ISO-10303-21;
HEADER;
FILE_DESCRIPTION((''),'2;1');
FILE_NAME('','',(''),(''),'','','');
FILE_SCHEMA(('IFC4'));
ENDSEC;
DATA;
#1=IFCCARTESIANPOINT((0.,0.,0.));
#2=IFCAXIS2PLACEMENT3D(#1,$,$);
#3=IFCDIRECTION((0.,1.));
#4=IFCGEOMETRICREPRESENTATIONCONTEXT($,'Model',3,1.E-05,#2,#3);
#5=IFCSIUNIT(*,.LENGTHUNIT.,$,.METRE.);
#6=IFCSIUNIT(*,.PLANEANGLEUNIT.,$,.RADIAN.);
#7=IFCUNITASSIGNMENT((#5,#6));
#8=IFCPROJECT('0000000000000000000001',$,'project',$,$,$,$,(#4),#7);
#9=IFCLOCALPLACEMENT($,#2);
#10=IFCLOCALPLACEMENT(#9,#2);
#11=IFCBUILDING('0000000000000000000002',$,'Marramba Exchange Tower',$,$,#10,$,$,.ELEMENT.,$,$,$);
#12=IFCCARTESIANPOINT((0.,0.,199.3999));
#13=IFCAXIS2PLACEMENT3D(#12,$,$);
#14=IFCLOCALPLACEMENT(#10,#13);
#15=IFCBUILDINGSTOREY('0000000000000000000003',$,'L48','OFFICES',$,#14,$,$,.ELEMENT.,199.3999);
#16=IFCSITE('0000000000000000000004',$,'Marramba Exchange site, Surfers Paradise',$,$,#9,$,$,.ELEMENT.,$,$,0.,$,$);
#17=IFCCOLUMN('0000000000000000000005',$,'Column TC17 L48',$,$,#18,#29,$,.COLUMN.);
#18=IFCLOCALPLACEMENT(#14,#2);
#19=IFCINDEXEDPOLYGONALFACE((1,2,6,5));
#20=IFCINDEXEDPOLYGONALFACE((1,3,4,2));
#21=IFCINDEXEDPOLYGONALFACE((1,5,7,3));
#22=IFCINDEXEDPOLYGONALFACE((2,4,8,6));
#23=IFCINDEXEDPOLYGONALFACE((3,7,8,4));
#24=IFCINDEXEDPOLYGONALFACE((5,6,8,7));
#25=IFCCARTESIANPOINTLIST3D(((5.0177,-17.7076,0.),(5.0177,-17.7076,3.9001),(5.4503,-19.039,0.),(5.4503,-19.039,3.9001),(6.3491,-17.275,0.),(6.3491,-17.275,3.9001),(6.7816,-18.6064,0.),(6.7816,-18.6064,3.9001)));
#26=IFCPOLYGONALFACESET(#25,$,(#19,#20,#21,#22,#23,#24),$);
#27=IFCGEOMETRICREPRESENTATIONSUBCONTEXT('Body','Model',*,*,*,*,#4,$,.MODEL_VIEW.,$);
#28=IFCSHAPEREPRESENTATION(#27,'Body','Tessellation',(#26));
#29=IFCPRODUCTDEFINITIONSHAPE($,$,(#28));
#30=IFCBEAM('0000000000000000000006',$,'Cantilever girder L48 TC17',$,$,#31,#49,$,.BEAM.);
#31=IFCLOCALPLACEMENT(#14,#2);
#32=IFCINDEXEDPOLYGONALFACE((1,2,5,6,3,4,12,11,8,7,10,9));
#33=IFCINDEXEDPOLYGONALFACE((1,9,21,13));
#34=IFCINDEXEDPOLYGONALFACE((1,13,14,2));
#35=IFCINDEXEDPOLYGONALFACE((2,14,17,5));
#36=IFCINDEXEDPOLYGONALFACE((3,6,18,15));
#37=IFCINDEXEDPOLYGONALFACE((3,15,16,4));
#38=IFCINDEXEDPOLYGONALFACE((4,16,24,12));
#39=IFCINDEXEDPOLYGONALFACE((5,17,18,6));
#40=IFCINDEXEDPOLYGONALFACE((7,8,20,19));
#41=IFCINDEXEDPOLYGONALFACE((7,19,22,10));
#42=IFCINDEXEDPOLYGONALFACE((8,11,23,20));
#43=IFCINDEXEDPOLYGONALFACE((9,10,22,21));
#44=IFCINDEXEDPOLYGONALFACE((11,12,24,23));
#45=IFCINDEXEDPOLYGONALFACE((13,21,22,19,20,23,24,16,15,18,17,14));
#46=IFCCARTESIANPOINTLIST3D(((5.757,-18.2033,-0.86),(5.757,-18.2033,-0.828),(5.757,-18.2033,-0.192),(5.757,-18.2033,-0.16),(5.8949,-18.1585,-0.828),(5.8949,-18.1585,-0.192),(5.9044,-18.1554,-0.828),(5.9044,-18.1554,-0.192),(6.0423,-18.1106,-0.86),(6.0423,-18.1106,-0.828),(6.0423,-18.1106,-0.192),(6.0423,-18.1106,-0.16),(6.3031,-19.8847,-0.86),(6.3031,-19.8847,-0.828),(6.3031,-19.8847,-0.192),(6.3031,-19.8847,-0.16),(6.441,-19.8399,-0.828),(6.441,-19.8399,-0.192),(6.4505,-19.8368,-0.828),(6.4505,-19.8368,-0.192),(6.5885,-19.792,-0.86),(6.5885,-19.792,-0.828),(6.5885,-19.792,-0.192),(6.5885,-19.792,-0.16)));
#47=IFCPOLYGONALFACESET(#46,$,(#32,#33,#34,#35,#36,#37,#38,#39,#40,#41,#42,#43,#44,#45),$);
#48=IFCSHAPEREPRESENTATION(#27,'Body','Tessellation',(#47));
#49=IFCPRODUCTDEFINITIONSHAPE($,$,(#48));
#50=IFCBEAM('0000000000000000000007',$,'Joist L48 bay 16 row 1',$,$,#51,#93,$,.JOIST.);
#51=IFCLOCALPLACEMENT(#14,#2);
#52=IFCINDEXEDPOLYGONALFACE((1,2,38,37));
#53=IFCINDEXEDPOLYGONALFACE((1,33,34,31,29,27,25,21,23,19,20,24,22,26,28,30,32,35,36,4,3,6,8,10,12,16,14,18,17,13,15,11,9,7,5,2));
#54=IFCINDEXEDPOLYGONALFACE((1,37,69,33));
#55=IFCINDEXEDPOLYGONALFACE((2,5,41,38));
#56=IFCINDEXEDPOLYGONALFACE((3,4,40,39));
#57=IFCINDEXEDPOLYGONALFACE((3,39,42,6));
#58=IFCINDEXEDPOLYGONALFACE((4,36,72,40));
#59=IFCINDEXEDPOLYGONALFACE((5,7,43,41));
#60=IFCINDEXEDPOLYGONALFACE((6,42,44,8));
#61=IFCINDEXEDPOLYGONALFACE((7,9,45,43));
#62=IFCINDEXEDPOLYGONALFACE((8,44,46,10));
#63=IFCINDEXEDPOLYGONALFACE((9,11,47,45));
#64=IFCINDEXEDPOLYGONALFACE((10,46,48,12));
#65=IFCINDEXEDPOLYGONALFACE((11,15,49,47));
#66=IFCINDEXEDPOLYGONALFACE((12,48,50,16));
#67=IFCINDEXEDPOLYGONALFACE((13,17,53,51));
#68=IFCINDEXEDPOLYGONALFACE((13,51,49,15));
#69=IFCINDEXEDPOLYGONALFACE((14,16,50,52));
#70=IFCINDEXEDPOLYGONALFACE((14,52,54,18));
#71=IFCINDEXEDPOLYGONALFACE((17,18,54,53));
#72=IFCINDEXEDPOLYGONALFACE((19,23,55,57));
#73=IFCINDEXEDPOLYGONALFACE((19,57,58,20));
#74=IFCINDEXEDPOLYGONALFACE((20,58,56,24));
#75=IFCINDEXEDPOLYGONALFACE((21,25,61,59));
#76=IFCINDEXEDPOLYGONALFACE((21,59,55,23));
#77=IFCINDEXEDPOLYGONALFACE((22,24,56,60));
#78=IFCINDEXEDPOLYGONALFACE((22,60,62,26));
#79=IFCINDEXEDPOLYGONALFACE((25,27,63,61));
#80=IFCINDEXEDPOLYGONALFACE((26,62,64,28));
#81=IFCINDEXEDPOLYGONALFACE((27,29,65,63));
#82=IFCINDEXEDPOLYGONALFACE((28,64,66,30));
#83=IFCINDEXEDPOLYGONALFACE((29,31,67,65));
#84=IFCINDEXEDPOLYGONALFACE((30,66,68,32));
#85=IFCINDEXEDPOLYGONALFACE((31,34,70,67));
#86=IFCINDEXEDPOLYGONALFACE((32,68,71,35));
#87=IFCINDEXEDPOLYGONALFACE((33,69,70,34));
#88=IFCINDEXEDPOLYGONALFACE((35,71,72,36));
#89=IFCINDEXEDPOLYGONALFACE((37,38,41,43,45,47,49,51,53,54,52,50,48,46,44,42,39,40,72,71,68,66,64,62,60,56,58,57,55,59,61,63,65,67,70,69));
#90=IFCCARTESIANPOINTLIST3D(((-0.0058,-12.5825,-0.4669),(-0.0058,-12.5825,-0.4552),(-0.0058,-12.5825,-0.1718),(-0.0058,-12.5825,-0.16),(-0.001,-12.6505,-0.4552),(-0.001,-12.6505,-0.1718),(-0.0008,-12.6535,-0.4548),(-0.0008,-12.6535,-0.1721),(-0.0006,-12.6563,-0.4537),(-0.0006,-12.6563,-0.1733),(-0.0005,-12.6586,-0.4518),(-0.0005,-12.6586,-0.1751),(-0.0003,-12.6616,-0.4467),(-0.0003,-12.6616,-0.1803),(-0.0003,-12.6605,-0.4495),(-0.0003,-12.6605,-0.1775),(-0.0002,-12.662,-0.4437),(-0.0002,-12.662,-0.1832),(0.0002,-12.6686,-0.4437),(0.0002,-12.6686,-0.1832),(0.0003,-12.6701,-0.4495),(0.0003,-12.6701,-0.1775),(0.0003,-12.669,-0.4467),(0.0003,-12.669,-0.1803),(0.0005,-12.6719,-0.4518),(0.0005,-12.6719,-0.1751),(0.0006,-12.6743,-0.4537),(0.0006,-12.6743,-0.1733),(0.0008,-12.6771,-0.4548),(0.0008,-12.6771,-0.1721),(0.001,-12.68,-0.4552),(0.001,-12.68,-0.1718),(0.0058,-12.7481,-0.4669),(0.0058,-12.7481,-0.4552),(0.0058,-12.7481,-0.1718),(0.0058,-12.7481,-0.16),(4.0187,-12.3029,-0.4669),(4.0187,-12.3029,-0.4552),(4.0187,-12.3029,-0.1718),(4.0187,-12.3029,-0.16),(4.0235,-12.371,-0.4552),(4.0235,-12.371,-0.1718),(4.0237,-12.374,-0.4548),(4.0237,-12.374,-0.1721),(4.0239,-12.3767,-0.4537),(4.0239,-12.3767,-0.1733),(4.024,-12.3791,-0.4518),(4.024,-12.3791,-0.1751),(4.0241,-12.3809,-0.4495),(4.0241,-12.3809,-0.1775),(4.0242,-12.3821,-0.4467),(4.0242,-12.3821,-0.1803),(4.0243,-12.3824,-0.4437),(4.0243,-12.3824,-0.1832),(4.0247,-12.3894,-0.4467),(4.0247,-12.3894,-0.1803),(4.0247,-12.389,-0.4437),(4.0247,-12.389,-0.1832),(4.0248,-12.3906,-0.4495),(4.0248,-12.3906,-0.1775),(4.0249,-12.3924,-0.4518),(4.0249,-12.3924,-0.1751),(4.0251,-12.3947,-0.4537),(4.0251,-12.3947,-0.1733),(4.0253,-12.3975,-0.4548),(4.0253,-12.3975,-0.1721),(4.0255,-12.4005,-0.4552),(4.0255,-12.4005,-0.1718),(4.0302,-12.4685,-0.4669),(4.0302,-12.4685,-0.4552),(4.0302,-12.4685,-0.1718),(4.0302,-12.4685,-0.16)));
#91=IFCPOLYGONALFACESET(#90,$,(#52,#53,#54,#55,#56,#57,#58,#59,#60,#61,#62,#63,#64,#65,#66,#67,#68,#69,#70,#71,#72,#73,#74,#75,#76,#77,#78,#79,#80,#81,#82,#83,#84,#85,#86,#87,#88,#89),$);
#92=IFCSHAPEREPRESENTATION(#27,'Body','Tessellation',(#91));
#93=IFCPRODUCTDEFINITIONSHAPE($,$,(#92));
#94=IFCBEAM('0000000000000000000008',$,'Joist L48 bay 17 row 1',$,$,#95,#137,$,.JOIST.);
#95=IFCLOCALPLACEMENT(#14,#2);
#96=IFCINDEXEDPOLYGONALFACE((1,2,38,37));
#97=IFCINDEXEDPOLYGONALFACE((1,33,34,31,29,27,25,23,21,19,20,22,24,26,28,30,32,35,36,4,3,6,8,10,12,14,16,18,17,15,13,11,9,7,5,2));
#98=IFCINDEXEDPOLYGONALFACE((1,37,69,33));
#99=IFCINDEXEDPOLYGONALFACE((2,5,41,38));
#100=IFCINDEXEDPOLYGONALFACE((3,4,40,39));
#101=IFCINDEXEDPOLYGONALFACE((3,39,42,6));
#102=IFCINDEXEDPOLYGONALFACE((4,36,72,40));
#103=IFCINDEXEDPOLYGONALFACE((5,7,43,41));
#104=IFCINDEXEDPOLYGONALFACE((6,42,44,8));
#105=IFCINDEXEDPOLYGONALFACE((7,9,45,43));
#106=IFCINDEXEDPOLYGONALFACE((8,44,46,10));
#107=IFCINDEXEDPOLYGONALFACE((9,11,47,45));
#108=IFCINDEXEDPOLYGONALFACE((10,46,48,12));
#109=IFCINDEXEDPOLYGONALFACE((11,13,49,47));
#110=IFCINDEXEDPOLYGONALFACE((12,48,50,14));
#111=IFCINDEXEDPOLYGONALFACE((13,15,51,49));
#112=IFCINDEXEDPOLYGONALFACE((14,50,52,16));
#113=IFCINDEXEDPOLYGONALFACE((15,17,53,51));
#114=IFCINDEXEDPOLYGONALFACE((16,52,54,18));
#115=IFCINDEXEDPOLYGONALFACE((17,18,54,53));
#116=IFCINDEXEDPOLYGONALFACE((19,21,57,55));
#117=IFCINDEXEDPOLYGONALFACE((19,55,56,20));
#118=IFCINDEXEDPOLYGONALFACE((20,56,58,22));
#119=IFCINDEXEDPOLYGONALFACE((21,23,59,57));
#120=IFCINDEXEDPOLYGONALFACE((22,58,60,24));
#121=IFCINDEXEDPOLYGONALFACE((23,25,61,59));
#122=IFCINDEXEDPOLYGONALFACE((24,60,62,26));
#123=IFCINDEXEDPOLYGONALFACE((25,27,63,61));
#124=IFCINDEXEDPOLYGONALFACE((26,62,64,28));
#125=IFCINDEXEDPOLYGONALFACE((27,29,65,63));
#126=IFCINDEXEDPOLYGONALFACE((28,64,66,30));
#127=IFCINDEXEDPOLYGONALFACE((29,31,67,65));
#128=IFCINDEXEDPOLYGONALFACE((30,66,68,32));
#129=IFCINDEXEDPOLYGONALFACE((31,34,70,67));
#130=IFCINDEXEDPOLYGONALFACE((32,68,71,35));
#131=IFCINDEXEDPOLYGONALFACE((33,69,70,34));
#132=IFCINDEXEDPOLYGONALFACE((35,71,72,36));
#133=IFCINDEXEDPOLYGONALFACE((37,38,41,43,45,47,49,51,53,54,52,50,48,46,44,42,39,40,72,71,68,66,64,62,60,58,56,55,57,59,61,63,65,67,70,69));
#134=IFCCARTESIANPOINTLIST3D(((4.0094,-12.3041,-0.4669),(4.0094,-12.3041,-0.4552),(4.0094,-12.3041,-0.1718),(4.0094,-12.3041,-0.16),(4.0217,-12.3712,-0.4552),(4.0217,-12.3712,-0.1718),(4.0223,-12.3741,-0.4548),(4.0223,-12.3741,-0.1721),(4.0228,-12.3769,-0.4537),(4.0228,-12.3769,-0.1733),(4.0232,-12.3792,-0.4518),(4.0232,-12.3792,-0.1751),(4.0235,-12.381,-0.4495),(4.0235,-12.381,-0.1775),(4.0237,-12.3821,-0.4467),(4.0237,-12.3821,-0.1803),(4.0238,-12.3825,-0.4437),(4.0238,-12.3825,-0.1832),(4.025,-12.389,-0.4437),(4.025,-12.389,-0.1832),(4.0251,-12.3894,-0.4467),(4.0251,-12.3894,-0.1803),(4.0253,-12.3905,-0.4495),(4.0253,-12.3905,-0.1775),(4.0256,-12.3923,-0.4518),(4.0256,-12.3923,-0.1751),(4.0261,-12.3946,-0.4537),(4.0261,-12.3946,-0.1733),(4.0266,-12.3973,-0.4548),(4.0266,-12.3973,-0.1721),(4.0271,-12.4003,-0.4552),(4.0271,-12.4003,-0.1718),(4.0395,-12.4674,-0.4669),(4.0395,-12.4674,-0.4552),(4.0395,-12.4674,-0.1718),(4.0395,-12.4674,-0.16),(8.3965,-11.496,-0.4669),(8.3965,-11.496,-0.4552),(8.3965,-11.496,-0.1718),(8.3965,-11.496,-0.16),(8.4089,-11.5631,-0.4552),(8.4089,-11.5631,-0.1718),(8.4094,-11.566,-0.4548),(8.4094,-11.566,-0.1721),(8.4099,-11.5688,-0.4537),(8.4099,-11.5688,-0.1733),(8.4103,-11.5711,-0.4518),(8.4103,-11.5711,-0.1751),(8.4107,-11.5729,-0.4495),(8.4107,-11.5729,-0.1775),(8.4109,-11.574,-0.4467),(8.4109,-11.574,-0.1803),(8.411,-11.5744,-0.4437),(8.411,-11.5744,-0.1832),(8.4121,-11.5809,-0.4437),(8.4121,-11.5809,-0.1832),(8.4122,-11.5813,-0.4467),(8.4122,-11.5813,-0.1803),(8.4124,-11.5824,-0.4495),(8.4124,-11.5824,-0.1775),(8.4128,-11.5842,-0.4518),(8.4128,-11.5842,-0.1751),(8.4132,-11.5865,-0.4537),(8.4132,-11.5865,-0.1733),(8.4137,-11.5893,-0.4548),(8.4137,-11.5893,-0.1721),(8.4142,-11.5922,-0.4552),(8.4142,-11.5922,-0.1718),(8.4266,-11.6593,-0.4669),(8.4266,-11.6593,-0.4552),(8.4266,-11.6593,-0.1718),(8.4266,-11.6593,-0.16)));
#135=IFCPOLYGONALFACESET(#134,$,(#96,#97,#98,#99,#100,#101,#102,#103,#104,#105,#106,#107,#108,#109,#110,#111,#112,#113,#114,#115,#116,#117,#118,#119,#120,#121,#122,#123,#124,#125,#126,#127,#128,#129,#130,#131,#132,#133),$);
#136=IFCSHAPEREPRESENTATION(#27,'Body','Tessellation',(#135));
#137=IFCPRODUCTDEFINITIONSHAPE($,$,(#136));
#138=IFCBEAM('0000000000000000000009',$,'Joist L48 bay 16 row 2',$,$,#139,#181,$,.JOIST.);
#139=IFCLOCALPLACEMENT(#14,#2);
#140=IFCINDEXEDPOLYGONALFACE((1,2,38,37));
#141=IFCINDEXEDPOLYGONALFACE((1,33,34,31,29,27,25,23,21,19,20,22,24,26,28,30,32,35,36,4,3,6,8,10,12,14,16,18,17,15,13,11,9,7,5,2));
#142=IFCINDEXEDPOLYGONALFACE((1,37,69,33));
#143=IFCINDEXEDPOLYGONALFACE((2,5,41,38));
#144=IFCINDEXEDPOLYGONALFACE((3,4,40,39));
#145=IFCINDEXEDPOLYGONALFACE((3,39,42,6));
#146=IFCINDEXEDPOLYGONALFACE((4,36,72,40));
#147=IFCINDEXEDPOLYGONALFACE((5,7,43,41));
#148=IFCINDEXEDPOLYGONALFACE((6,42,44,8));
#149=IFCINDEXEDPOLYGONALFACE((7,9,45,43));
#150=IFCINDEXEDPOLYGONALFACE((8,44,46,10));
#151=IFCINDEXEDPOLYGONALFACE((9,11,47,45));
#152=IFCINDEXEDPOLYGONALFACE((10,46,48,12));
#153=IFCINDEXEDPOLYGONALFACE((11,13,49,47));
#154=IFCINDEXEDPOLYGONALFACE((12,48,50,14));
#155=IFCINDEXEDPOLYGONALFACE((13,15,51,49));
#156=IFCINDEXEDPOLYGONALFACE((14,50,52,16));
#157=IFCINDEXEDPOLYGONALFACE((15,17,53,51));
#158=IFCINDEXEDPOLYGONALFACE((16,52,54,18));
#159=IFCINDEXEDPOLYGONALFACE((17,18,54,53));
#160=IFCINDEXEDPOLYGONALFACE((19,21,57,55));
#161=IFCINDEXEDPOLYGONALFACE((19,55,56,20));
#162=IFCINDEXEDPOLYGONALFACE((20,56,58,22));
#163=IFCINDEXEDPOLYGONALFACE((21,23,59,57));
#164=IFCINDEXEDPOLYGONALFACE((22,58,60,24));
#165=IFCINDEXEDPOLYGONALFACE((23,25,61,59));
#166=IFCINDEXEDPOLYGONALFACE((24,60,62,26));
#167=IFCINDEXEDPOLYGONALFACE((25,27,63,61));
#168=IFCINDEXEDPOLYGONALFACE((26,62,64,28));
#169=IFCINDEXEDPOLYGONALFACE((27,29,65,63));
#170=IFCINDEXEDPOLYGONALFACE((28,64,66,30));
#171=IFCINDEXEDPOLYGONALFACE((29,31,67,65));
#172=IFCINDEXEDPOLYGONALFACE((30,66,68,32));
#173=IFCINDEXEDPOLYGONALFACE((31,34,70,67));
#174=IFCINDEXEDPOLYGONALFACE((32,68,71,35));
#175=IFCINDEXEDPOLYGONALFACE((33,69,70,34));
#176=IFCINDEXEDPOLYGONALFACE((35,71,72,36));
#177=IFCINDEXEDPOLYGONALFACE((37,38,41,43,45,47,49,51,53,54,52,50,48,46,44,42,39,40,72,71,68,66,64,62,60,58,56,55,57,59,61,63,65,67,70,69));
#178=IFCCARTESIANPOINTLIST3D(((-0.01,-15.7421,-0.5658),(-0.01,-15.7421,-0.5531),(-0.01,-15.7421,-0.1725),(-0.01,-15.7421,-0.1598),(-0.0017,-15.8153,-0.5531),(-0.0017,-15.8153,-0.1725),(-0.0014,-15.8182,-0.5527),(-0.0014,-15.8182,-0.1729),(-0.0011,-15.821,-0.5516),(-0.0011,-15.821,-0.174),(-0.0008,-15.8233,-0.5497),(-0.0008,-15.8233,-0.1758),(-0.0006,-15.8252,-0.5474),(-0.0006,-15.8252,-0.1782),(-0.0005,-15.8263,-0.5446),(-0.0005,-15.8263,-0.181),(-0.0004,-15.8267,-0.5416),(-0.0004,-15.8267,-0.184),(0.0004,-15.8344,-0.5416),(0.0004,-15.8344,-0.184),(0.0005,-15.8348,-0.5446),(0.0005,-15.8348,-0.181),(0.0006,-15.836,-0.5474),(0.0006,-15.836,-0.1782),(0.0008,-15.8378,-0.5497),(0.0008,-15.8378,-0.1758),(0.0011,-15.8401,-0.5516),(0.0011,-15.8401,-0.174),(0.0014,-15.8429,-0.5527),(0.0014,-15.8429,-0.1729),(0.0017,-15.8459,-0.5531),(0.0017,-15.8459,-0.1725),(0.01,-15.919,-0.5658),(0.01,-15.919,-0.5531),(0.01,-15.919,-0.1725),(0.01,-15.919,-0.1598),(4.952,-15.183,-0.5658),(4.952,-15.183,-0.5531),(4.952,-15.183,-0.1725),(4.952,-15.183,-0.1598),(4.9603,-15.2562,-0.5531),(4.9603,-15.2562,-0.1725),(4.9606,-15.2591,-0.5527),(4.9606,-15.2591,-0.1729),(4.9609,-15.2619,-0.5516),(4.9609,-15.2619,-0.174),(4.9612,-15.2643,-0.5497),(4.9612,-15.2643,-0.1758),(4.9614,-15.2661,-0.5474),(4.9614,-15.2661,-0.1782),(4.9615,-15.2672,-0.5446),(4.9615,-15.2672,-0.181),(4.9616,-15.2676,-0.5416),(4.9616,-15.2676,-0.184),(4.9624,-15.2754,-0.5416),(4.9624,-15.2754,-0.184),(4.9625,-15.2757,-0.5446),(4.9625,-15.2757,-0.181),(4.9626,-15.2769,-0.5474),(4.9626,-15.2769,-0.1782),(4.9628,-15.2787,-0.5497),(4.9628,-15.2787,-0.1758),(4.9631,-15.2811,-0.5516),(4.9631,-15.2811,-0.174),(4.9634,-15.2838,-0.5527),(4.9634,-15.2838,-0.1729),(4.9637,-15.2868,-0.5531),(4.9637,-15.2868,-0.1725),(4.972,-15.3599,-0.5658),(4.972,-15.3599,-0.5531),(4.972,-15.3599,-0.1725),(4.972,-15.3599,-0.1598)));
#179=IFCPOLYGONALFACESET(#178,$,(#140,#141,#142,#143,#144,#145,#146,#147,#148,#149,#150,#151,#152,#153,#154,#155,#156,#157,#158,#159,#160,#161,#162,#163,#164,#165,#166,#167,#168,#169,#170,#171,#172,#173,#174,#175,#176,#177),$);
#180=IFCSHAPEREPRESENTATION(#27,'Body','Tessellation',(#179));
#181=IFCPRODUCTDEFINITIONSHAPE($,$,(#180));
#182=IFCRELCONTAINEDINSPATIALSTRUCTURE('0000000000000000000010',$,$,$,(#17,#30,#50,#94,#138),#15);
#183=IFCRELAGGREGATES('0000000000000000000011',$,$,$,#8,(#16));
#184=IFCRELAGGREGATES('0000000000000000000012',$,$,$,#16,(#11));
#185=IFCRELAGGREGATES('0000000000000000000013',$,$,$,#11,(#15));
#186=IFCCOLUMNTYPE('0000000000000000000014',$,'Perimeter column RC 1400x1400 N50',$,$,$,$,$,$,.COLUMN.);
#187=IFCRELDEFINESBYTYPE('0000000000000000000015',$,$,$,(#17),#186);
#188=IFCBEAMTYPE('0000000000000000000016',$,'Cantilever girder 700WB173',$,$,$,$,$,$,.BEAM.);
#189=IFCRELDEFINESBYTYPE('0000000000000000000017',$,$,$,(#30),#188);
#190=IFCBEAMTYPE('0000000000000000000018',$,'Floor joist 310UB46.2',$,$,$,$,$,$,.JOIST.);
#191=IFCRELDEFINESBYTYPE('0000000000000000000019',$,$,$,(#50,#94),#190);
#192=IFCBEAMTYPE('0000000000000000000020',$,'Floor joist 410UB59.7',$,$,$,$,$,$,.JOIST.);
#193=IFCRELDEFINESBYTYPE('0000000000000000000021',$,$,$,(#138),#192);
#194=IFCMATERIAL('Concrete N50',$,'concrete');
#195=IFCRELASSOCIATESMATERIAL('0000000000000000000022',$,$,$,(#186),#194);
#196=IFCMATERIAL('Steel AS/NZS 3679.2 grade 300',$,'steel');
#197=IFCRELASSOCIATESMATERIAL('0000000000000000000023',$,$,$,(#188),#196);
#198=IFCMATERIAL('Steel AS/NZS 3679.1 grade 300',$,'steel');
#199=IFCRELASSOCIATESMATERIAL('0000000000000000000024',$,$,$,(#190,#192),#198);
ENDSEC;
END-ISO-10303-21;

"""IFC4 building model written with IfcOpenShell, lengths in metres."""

from ifc_helpers import new_model, si_unit, direction, frame, origin, origin_2d, place, context, subcontext, project, spatial, rectangle, i_section, extrude, material, material_profile, profile_set, type_object, element, save


model = new_model("IFC4")

# Units and contexts
model_context = context("Model", 3, precision=1e-05, world=origin(), true_north=direction((0.0, 1.0)))
body_context = subcontext(model_context, "Body", "Model", "MODEL_VIEW")
ifc_project = project(units=[si_unit("LENGTHUNIT", "METRE"), si_unit("PLANEANGLEUNIT", "RADIAN")], contexts=[model_context])

# Site, building, storey
site_placement = place(None, origin())
site = spatial("IfcSite", under=ifc_project, at=site_placement, Name="Marramba Exchange site, Surfers Paradise", CompositionType="ELEMENT", RefElevation=0.0)
building_placement = place(site_placement, origin())
building = spatial("IfcBuilding", under=site, at=building_placement, Name="Marramba Exchange Tower", CompositionType="ELEMENT")
storey_placement = place(building_placement, frame((0.0, 0.0, 199.3999)))
storey = spatial("IfcBuildingStorey", under=building, at=storey_placement, Name="L48", Description="OFFICES", CompositionType="ELEMENT", Elevation=199.3999)

# Column
ifc_material_1 = material(Name="Concrete N50", Category="concrete")
ifc_material_profile_1 = material_profile(ifc_material_1, rectangle(XDim=1.3999, YDim=1.3999, at=origin_2d()), Name="RC 1400x1400")
ifc_profile_set_1 = profile_set([ifc_material_profile_1], Name="Concrete N50")
column_type = type_object("IfcColumnType", Name="Perimeter column RC 1400x1400 N50", PredefinedType="COLUMN", material=ifc_profile_set_1)
column_placement = place(storey_placement, frame((5.8997, -18.157, 0.0), z_axis=(0.0, 0.0, 1.0), x_axis=(0.309017, -0.951057, 0.0)))
element("IfcColumn", 1, at=column_placement, inside=storey, type_object=column_type, Name="Column TC17 L48", PredefinedType="COLUMN", context=body_context, shape_type="SweptSolid", body=[
    extrude(rectangle(XDim=1.3999, YDim=1.3999, at=origin_2d()), origin(), (0.0, 0.0, 1.0), 3.9001),
])

# Beams
ifc_material_2 = material(Name="Steel AS/NZS 3679.2 grade 300", Category="steel")
ifc_material_profile_2 = material_profile(ifc_material_2, i_section(OverallWidth=0.3, OverallDepth=0.7, WebThickness=0.01, FlangeThickness=0.032, at=origin_2d()), Name="700WB173")
ifc_profile_set_2 = profile_set([ifc_material_profile_2], Name="Steel AS/NZS 3679.2 grade 300")
beam_type_1 = type_object("IfcBeamType", Name="Cantilever girder 700WB173", PredefinedType="BEAM", material=ifc_profile_set_2)
beam_1_placement = place(storey_placement, frame((5.8997, -18.157, -0.51), z_axis=(0.308927, -0.951086, 0.0), x_axis=(0.951086, 0.308927, 0.0)))
element("IfcBeam", 2, at=beam_1_placement, inside=storey, type_object=beam_type_1, Name="Cantilever girder L48 TC17", PredefinedType="BEAM", context=body_context, shape_type="SweptSolid", body=[
    extrude(i_section(OverallWidth=0.3, OverallDepth=0.7, WebThickness=0.01, FlangeThickness=0.032, at=origin_2d()), origin(), (0.0, 0.0, 1.0), 1.7678),
])
ifc_material_3 = material(Name="Steel AS/NZS 3679.1 grade 300", Category="steel")
ifc_material_profile_3 = material_profile(ifc_material_3, i_section(OverallWidth=0.166, OverallDepth=0.3069, WebThickness=0.0066, FlangeThickness=0.0117, FilletRadius=0.0115, at=origin_2d()), Name="310UB46.2")
ifc_profile_set_3 = profile_set([ifc_material_profile_3], Name="Steel AS/NZS 3679.1 grade 300")
beam_type_2 = type_object("IfcBeamType", Name="Floor joist 310UB46.2", PredefinedType="JOIST", material=ifc_profile_set_3)
beam_2_placement = place(storey_placement, frame((0.0, -12.6653, -0.3135), z_axis=(0.997596, 0.069294, 0.0), x_axis=(-0.069294, 0.997596, 0.0)))
element("IfcBeam", 3, at=beam_2_placement, inside=storey, type_object=beam_type_2, Name="Joist L48 bay 16 row 1", PredefinedType="JOIST", context=body_context, shape_type="SweptSolid", body=[
    extrude(i_section(OverallWidth=0.166, OverallDepth=0.3069, WebThickness=0.0066, FlangeThickness=0.0117, FilletRadius=0.0115, at=origin_2d()), origin(), (0.0, 0.0, 1.0), 4.0342),
])
beam_3_placement = place(storey_placement, frame((4.0244, -12.3857, -0.3135), z_axis=(0.983456, 0.181149, 0.0), x_axis=(-0.181149, 0.983456, 0.0)))
element("IfcBeam", 4, at=beam_3_placement, inside=storey, type_object=beam_type_2, Name="Joist L48 bay 17 row 1", PredefinedType="JOIST", context=body_context, shape_type="SweptSolid", body=[
    extrude(i_section(OverallWidth=0.166, OverallDepth=0.3069, WebThickness=0.0066, FlangeThickness=0.0117, FilletRadius=0.0115, at=origin_2d()), origin(), (0.0, 0.0, 1.0), 4.4609),
])
ifc_material_profile_4 = material_profile(ifc_material_3, i_section(OverallWidth=0.178, OverallDepth=0.406, WebThickness=0.0078, FlangeThickness=0.0127, FilletRadius=0.0115, at=origin_2d()), Name="410UB59.7")
ifc_profile_set_4 = profile_set([ifc_material_profile_4], Name="Steel AS/NZS 3679.1 grade 300")
beam_type_3 = type_object("IfcBeamType", Name="Floor joist 410UB59.7", PredefinedType="JOIST", material=ifc_profile_set_4)
beam_4_placement = place(storey_placement, frame((0.0, -15.8306, -0.3628), z_axis=(0.993712, 0.111966, 0.0), x_axis=(-0.111966, 0.993712, 0.0)))
element("IfcBeam", 5, at=beam_4_placement, inside=storey, type_object=beam_type_3, Name="Joist L48 bay 16 row 2", PredefinedType="JOIST", context=body_context, shape_type="SweptSolid", body=[
    extrude(i_section(OverallWidth=0.178, OverallDepth=0.406, WebThickness=0.0078, FlangeThickness=0.0127, FilletRadius=0.0115, at=origin_2d()), origin(), (0.0, 0.0, 1.0), 4.9934),
])

save(model, "model.ifc")
